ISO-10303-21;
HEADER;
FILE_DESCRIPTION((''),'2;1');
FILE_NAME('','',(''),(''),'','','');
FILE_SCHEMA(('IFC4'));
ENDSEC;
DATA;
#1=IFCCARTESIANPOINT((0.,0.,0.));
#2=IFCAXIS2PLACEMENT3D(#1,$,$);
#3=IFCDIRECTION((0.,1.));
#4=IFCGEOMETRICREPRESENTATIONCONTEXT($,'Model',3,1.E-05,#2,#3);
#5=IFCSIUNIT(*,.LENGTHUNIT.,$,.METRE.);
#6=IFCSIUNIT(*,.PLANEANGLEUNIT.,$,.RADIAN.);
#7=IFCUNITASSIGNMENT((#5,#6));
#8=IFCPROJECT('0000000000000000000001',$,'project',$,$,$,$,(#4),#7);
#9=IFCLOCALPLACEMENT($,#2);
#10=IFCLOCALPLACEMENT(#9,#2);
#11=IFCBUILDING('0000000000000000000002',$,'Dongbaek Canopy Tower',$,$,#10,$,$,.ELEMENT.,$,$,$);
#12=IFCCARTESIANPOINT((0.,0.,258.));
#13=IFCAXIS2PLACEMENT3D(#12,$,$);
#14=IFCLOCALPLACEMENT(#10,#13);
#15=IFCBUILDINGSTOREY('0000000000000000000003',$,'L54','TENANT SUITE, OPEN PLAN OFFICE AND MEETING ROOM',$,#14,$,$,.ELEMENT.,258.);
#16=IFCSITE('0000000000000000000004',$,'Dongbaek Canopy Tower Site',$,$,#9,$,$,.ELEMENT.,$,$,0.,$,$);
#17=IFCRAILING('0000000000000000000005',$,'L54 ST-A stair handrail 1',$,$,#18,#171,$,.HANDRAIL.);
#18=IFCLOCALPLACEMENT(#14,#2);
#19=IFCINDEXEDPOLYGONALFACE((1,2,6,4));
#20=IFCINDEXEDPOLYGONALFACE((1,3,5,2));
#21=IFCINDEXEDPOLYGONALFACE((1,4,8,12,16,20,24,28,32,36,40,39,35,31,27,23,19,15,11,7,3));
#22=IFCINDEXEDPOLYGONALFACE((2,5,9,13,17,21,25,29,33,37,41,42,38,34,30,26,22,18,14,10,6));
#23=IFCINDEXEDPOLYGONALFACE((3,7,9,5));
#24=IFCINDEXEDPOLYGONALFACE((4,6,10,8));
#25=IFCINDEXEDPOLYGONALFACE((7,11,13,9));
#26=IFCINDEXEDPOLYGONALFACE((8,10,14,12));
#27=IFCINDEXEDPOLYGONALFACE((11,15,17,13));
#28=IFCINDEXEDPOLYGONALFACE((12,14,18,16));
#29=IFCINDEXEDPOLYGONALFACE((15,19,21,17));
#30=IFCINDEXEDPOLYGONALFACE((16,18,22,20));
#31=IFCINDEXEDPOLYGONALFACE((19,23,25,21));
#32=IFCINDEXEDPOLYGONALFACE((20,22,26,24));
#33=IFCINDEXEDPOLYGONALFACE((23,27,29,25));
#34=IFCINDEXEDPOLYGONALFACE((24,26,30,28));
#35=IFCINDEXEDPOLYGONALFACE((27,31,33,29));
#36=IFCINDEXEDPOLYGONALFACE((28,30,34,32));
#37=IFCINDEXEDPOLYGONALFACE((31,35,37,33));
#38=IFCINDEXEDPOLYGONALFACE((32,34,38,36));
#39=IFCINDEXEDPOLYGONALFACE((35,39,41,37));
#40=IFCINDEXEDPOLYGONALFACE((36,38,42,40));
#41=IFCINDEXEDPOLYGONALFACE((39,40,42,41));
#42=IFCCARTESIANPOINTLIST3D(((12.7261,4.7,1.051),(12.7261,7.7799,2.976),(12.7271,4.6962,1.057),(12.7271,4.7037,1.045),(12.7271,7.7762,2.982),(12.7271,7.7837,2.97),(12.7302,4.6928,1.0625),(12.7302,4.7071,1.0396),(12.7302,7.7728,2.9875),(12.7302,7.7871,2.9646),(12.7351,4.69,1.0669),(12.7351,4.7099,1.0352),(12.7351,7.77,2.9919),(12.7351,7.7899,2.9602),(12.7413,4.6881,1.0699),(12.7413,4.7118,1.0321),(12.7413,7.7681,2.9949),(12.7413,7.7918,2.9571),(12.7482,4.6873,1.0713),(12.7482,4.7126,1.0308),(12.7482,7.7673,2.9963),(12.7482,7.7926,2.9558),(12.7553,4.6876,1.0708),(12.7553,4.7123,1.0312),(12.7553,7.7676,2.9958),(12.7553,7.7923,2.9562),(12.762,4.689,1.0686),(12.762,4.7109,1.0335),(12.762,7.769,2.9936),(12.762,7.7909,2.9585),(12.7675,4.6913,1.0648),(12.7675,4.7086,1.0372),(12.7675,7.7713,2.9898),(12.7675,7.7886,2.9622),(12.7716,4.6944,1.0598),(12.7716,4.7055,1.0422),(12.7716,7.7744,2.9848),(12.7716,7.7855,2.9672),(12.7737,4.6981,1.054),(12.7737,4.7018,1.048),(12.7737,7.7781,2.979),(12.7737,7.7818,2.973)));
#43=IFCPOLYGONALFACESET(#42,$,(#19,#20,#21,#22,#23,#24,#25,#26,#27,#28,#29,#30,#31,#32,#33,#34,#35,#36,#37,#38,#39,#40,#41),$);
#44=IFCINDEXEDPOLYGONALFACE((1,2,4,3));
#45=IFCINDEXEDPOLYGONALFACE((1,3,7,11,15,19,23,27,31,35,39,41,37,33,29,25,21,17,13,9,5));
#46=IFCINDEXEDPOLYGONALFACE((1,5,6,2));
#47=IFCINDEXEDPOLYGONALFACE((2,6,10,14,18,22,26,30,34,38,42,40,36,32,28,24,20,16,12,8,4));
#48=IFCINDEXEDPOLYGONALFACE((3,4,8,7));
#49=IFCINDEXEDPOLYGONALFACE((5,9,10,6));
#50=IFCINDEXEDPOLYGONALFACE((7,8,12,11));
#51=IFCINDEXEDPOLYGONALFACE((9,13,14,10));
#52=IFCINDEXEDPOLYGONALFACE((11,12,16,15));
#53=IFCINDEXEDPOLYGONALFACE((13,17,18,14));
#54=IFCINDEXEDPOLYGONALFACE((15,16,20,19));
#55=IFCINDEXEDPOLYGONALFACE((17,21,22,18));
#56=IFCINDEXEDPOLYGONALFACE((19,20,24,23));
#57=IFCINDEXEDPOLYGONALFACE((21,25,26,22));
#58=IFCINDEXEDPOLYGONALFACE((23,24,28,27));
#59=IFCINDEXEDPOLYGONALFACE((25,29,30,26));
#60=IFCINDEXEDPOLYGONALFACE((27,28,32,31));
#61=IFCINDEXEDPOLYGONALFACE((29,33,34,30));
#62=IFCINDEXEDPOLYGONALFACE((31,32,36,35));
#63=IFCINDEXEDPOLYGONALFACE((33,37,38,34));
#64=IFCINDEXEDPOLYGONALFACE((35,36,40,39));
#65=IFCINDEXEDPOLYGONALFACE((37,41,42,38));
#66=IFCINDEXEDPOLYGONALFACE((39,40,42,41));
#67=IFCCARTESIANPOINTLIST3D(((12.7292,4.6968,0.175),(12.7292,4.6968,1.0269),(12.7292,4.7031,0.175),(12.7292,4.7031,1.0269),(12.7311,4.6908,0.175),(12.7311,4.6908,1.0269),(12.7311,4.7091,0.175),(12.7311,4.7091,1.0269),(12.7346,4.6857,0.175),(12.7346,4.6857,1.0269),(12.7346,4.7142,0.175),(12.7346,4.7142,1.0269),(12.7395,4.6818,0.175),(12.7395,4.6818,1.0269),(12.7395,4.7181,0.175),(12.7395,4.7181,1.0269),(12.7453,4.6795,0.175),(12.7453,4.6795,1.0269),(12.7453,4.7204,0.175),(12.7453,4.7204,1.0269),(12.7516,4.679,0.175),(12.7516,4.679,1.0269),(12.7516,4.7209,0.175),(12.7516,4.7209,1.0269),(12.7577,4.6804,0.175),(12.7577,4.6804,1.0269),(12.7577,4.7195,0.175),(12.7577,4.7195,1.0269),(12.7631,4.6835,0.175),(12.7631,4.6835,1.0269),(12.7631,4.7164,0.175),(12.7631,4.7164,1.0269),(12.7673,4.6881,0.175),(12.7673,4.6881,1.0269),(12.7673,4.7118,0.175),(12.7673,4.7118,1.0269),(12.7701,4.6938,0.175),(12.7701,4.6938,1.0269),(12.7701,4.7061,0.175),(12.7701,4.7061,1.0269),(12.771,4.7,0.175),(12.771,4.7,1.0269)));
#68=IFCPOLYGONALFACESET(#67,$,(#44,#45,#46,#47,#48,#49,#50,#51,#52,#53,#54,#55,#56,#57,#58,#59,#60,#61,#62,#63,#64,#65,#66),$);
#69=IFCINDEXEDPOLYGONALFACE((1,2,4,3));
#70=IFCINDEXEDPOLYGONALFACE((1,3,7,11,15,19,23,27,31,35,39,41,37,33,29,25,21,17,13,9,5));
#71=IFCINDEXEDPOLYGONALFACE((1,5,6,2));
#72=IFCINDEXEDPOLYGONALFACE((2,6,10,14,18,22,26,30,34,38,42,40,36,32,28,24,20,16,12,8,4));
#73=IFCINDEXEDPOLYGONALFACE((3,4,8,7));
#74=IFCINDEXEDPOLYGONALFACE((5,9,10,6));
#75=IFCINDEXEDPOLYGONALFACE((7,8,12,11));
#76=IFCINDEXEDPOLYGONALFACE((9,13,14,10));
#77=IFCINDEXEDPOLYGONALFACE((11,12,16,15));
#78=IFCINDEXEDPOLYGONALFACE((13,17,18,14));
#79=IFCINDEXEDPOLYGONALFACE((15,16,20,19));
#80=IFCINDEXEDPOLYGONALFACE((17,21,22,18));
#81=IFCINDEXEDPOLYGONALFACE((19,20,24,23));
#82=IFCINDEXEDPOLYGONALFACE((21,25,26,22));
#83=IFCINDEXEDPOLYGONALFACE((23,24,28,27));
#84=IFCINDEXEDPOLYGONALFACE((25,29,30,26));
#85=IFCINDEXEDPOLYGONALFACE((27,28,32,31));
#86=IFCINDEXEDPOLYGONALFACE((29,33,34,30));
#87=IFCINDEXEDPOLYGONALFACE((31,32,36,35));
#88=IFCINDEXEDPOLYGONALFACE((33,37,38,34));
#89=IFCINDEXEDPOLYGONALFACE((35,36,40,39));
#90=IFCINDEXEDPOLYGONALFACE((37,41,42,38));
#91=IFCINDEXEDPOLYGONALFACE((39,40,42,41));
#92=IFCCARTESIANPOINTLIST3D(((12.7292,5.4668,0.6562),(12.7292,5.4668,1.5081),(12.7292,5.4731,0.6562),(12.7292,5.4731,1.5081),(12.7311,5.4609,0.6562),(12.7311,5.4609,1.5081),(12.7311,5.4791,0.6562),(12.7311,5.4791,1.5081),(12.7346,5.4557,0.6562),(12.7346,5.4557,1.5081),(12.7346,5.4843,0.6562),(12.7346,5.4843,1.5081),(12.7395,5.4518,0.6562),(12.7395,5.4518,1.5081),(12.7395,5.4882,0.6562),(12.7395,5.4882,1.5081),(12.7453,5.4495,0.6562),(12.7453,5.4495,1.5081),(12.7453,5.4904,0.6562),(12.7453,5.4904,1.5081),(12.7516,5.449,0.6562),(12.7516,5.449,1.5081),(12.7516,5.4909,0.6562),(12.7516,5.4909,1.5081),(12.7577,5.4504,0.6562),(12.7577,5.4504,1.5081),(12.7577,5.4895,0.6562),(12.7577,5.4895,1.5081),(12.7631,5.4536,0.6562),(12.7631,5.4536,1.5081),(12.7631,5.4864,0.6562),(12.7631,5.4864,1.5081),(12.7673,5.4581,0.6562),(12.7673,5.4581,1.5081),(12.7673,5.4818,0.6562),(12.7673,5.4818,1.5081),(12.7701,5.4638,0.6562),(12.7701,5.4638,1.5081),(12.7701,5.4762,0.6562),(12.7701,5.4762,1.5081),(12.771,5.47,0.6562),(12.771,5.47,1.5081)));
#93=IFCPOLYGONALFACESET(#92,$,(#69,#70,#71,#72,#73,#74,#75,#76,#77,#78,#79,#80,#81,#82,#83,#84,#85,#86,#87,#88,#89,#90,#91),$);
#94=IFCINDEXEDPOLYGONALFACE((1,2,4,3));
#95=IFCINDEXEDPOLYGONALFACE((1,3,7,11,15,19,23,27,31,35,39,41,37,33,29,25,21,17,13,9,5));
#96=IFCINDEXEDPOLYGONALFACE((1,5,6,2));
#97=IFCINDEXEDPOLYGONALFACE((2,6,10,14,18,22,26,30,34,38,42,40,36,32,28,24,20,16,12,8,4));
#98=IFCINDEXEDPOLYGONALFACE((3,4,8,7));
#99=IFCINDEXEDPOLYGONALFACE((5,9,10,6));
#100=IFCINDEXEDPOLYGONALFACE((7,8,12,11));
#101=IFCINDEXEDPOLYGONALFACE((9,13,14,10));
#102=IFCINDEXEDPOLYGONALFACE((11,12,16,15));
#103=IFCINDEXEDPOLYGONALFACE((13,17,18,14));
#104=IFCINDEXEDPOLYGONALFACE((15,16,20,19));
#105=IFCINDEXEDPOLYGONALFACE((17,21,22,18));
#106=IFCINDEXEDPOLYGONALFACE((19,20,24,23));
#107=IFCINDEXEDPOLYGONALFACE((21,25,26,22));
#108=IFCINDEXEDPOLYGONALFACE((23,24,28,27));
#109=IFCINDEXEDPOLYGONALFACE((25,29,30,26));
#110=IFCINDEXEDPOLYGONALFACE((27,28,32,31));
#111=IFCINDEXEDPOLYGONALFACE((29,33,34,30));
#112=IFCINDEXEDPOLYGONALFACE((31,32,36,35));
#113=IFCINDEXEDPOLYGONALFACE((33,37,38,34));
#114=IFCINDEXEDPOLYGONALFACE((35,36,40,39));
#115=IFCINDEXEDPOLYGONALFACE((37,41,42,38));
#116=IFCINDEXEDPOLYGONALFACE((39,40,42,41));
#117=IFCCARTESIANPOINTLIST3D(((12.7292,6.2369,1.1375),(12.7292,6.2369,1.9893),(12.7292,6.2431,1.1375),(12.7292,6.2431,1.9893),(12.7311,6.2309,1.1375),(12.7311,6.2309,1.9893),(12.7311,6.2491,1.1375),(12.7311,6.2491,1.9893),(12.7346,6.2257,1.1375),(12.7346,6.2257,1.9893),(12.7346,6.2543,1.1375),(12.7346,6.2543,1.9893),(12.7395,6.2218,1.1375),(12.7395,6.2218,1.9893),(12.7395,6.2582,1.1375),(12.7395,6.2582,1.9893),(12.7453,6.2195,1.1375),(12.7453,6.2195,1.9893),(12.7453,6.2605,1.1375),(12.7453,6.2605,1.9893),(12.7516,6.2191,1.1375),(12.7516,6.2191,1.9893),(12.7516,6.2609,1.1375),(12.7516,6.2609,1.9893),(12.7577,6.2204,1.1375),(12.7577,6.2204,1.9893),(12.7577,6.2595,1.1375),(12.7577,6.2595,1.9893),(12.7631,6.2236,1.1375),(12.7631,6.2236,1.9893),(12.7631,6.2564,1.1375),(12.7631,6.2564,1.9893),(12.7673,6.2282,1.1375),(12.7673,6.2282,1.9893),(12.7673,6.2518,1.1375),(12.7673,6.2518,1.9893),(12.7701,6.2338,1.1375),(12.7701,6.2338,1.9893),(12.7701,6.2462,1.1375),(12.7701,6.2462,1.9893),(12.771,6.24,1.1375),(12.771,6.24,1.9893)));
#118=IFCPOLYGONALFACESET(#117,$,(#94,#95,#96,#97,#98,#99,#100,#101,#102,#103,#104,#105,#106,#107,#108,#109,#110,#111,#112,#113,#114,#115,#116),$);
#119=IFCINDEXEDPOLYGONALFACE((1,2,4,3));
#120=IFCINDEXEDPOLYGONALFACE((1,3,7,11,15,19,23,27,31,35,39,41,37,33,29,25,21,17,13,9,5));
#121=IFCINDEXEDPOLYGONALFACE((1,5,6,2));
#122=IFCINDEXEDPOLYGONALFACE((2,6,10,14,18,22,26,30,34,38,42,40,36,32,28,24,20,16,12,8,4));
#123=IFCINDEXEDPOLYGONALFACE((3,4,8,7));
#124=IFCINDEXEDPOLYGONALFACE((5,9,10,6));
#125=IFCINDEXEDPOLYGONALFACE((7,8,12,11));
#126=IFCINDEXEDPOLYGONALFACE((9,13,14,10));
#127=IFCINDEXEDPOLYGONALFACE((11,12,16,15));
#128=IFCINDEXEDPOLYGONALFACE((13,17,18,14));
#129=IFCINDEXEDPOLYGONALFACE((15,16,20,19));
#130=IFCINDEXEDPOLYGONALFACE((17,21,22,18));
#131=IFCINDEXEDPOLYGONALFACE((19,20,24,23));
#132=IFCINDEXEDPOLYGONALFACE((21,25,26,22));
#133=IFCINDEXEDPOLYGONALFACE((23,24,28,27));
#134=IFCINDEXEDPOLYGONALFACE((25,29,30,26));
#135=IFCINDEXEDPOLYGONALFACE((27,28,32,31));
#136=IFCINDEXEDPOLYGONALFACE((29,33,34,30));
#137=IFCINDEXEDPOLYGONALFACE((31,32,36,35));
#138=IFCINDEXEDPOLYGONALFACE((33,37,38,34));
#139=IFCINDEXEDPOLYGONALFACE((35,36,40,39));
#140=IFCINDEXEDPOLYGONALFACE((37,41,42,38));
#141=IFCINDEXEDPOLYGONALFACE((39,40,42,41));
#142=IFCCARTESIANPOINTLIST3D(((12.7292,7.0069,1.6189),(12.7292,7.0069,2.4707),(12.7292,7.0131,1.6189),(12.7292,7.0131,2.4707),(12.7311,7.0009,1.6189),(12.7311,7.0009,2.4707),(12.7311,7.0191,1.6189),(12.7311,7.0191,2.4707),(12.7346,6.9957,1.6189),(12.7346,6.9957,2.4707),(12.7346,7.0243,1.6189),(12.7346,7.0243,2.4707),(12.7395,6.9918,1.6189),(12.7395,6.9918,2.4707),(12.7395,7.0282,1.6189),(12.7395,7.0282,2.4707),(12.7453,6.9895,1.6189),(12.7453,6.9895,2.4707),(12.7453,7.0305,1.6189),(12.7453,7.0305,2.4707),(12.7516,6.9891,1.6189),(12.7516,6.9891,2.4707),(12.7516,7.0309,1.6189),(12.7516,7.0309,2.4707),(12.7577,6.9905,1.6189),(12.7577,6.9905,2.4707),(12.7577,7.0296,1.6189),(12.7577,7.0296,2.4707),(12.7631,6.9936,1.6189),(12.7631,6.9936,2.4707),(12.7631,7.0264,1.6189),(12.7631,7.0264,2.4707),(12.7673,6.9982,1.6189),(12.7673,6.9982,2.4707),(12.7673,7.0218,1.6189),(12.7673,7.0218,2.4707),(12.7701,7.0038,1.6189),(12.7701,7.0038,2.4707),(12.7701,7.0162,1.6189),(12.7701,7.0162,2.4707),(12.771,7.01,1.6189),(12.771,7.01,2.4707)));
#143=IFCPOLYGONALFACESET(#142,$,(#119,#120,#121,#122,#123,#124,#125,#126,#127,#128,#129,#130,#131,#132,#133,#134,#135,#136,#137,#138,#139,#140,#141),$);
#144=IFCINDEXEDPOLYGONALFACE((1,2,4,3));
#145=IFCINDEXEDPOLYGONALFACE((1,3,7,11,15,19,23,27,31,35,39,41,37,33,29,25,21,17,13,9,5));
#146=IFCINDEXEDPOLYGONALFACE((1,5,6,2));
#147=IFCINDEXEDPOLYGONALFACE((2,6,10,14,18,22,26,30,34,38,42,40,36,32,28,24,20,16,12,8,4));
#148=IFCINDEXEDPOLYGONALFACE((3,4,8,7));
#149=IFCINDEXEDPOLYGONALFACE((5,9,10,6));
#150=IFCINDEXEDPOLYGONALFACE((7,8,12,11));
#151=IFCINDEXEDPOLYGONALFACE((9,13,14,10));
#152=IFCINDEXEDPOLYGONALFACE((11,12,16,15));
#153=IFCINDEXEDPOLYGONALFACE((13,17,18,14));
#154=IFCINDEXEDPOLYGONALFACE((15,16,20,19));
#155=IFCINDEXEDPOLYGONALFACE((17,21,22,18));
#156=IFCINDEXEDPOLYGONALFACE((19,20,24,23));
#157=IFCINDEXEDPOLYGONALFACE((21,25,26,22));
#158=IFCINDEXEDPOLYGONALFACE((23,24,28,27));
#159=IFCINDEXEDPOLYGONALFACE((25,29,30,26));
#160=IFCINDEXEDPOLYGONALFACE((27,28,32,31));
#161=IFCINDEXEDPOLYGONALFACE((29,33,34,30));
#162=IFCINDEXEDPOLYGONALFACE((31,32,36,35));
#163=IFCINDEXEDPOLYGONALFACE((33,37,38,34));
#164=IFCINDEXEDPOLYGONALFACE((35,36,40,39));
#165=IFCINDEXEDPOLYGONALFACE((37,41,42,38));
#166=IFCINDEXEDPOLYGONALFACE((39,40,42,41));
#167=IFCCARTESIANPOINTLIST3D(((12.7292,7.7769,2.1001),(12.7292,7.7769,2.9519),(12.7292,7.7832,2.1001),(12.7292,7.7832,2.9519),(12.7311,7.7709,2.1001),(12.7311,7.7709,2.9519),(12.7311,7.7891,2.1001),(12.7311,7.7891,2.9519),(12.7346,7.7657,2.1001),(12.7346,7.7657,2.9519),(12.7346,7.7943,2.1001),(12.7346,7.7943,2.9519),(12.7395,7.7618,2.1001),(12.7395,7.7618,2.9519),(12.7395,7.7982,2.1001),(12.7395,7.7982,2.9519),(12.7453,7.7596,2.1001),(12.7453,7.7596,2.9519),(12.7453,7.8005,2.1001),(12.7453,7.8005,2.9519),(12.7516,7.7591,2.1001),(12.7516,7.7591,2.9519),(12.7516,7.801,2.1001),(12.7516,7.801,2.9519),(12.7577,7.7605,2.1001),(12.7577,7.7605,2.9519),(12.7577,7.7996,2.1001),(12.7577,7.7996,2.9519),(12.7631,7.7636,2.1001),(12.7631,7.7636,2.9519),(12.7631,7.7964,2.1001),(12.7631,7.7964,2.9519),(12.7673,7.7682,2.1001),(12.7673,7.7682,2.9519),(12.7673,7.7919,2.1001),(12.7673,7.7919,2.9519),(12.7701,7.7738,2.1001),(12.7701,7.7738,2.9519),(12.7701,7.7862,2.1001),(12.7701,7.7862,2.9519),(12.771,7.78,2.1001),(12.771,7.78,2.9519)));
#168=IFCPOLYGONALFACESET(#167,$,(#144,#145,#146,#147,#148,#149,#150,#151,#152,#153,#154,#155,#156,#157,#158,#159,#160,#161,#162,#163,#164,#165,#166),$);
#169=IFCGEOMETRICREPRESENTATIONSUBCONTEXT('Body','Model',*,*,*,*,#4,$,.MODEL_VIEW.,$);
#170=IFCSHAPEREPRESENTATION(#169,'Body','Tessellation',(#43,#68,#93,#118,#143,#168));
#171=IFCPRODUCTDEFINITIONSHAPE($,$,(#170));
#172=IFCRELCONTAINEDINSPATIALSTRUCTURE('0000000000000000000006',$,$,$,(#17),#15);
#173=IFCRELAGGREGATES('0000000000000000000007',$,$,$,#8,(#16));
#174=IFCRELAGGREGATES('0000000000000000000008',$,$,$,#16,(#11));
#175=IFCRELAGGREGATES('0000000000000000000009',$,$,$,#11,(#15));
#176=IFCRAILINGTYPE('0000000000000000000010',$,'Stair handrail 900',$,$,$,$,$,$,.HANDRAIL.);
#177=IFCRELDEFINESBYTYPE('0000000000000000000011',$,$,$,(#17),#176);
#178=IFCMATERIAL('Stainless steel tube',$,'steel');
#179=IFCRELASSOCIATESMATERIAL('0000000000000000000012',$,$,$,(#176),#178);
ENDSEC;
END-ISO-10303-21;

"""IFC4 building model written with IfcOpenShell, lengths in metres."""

from ifc_helpers import new_model, si_unit, direction, frame, origin, origin_2d, place, context, subcontext, project, spatial, circle, extrude, material, type_object, element, save


model = new_model("IFC4")

# Units and contexts
model_context = context("Model", 3, precision=1e-05, world=origin(), true_north=direction((0.0, 1.0)))
body_context = subcontext(model_context, "Body", "Model", "MODEL_VIEW")
ifc_project = project(units=[si_unit("LENGTHUNIT", "METRE"), si_unit("PLANEANGLEUNIT", "RADIAN")], contexts=[model_context])

# Site, building, storey
site_placement = place(None, origin())
site = spatial("IfcSite", under=ifc_project, at=site_placement, Name="Dongbaek Canopy Tower Site", CompositionType="ELEMENT", RefElevation=0.0)
building_placement = place(site_placement, origin())
building = spatial("IfcBuilding", under=site, at=building_placement, Name="Dongbaek Canopy Tower", CompositionType="ELEMENT")
storey_placement = place(building_placement, frame((0.0, 0.0, 258.0)))
storey = spatial("IfcBuildingStorey", under=building, at=storey_placement, Name="L54", Description="TENANT SUITE, OPEN PLAN OFFICE AND MEETING ROOM", CompositionType="ELEMENT", Elevation=258.0)

# Railing
ifc_material_1 = material(Name="Stainless steel tube", Category="steel")
railing_type_1 = type_object("IfcRailingType", Name="Stair handrail 900", PredefinedType="HANDRAIL", material=ifc_material_1)
railing_1_placement = place(storey_placement, frame((12.75, 4.7, 0.175)))
element("IfcRailing", 1, at=railing_1_placement, inside=storey, type_object=railing_type_1, Name="L54 ST-A stair handrail 1", PredefinedType="HANDRAIL", context=body_context, shape_type="SweptSolid", body=[
    extrude(circle(Radius=0.0239, at=origin_2d()), frame((0.0, 0.0, 0.876), z_axis=(0.0, 0.847998, 0.529999), x_axis=(-1.0, 0.0, 0.0)), (0.0, 0.0, 1.0), 3.6321),
    extrude(circle(Radius=0.021, at=origin_2d()), origin(), (0.0, 0.0, 1.0), 0.8518),
    extrude(circle(Radius=0.021, at=origin_2d()), frame((0.0, 0.77, 0.4812)), (0.0, 0.0, 1.0), 0.8518),
    extrude(circle(Radius=0.021, at=origin_2d()), frame((0.0, 1.54, 0.9624)), (0.0, 0.0, 1.0), 0.8518),
    extrude(circle(Radius=0.021, at=origin_2d()), frame((0.0, 2.3101, 1.4438)), (0.0, 0.0, 1.0), 0.8518),
    extrude(circle(Radius=0.021, at=origin_2d()), frame((0.0, 3.0801, 1.925)), (0.0, 0.0, 1.0), 0.8518),
])

save(model, "model.ifc")
